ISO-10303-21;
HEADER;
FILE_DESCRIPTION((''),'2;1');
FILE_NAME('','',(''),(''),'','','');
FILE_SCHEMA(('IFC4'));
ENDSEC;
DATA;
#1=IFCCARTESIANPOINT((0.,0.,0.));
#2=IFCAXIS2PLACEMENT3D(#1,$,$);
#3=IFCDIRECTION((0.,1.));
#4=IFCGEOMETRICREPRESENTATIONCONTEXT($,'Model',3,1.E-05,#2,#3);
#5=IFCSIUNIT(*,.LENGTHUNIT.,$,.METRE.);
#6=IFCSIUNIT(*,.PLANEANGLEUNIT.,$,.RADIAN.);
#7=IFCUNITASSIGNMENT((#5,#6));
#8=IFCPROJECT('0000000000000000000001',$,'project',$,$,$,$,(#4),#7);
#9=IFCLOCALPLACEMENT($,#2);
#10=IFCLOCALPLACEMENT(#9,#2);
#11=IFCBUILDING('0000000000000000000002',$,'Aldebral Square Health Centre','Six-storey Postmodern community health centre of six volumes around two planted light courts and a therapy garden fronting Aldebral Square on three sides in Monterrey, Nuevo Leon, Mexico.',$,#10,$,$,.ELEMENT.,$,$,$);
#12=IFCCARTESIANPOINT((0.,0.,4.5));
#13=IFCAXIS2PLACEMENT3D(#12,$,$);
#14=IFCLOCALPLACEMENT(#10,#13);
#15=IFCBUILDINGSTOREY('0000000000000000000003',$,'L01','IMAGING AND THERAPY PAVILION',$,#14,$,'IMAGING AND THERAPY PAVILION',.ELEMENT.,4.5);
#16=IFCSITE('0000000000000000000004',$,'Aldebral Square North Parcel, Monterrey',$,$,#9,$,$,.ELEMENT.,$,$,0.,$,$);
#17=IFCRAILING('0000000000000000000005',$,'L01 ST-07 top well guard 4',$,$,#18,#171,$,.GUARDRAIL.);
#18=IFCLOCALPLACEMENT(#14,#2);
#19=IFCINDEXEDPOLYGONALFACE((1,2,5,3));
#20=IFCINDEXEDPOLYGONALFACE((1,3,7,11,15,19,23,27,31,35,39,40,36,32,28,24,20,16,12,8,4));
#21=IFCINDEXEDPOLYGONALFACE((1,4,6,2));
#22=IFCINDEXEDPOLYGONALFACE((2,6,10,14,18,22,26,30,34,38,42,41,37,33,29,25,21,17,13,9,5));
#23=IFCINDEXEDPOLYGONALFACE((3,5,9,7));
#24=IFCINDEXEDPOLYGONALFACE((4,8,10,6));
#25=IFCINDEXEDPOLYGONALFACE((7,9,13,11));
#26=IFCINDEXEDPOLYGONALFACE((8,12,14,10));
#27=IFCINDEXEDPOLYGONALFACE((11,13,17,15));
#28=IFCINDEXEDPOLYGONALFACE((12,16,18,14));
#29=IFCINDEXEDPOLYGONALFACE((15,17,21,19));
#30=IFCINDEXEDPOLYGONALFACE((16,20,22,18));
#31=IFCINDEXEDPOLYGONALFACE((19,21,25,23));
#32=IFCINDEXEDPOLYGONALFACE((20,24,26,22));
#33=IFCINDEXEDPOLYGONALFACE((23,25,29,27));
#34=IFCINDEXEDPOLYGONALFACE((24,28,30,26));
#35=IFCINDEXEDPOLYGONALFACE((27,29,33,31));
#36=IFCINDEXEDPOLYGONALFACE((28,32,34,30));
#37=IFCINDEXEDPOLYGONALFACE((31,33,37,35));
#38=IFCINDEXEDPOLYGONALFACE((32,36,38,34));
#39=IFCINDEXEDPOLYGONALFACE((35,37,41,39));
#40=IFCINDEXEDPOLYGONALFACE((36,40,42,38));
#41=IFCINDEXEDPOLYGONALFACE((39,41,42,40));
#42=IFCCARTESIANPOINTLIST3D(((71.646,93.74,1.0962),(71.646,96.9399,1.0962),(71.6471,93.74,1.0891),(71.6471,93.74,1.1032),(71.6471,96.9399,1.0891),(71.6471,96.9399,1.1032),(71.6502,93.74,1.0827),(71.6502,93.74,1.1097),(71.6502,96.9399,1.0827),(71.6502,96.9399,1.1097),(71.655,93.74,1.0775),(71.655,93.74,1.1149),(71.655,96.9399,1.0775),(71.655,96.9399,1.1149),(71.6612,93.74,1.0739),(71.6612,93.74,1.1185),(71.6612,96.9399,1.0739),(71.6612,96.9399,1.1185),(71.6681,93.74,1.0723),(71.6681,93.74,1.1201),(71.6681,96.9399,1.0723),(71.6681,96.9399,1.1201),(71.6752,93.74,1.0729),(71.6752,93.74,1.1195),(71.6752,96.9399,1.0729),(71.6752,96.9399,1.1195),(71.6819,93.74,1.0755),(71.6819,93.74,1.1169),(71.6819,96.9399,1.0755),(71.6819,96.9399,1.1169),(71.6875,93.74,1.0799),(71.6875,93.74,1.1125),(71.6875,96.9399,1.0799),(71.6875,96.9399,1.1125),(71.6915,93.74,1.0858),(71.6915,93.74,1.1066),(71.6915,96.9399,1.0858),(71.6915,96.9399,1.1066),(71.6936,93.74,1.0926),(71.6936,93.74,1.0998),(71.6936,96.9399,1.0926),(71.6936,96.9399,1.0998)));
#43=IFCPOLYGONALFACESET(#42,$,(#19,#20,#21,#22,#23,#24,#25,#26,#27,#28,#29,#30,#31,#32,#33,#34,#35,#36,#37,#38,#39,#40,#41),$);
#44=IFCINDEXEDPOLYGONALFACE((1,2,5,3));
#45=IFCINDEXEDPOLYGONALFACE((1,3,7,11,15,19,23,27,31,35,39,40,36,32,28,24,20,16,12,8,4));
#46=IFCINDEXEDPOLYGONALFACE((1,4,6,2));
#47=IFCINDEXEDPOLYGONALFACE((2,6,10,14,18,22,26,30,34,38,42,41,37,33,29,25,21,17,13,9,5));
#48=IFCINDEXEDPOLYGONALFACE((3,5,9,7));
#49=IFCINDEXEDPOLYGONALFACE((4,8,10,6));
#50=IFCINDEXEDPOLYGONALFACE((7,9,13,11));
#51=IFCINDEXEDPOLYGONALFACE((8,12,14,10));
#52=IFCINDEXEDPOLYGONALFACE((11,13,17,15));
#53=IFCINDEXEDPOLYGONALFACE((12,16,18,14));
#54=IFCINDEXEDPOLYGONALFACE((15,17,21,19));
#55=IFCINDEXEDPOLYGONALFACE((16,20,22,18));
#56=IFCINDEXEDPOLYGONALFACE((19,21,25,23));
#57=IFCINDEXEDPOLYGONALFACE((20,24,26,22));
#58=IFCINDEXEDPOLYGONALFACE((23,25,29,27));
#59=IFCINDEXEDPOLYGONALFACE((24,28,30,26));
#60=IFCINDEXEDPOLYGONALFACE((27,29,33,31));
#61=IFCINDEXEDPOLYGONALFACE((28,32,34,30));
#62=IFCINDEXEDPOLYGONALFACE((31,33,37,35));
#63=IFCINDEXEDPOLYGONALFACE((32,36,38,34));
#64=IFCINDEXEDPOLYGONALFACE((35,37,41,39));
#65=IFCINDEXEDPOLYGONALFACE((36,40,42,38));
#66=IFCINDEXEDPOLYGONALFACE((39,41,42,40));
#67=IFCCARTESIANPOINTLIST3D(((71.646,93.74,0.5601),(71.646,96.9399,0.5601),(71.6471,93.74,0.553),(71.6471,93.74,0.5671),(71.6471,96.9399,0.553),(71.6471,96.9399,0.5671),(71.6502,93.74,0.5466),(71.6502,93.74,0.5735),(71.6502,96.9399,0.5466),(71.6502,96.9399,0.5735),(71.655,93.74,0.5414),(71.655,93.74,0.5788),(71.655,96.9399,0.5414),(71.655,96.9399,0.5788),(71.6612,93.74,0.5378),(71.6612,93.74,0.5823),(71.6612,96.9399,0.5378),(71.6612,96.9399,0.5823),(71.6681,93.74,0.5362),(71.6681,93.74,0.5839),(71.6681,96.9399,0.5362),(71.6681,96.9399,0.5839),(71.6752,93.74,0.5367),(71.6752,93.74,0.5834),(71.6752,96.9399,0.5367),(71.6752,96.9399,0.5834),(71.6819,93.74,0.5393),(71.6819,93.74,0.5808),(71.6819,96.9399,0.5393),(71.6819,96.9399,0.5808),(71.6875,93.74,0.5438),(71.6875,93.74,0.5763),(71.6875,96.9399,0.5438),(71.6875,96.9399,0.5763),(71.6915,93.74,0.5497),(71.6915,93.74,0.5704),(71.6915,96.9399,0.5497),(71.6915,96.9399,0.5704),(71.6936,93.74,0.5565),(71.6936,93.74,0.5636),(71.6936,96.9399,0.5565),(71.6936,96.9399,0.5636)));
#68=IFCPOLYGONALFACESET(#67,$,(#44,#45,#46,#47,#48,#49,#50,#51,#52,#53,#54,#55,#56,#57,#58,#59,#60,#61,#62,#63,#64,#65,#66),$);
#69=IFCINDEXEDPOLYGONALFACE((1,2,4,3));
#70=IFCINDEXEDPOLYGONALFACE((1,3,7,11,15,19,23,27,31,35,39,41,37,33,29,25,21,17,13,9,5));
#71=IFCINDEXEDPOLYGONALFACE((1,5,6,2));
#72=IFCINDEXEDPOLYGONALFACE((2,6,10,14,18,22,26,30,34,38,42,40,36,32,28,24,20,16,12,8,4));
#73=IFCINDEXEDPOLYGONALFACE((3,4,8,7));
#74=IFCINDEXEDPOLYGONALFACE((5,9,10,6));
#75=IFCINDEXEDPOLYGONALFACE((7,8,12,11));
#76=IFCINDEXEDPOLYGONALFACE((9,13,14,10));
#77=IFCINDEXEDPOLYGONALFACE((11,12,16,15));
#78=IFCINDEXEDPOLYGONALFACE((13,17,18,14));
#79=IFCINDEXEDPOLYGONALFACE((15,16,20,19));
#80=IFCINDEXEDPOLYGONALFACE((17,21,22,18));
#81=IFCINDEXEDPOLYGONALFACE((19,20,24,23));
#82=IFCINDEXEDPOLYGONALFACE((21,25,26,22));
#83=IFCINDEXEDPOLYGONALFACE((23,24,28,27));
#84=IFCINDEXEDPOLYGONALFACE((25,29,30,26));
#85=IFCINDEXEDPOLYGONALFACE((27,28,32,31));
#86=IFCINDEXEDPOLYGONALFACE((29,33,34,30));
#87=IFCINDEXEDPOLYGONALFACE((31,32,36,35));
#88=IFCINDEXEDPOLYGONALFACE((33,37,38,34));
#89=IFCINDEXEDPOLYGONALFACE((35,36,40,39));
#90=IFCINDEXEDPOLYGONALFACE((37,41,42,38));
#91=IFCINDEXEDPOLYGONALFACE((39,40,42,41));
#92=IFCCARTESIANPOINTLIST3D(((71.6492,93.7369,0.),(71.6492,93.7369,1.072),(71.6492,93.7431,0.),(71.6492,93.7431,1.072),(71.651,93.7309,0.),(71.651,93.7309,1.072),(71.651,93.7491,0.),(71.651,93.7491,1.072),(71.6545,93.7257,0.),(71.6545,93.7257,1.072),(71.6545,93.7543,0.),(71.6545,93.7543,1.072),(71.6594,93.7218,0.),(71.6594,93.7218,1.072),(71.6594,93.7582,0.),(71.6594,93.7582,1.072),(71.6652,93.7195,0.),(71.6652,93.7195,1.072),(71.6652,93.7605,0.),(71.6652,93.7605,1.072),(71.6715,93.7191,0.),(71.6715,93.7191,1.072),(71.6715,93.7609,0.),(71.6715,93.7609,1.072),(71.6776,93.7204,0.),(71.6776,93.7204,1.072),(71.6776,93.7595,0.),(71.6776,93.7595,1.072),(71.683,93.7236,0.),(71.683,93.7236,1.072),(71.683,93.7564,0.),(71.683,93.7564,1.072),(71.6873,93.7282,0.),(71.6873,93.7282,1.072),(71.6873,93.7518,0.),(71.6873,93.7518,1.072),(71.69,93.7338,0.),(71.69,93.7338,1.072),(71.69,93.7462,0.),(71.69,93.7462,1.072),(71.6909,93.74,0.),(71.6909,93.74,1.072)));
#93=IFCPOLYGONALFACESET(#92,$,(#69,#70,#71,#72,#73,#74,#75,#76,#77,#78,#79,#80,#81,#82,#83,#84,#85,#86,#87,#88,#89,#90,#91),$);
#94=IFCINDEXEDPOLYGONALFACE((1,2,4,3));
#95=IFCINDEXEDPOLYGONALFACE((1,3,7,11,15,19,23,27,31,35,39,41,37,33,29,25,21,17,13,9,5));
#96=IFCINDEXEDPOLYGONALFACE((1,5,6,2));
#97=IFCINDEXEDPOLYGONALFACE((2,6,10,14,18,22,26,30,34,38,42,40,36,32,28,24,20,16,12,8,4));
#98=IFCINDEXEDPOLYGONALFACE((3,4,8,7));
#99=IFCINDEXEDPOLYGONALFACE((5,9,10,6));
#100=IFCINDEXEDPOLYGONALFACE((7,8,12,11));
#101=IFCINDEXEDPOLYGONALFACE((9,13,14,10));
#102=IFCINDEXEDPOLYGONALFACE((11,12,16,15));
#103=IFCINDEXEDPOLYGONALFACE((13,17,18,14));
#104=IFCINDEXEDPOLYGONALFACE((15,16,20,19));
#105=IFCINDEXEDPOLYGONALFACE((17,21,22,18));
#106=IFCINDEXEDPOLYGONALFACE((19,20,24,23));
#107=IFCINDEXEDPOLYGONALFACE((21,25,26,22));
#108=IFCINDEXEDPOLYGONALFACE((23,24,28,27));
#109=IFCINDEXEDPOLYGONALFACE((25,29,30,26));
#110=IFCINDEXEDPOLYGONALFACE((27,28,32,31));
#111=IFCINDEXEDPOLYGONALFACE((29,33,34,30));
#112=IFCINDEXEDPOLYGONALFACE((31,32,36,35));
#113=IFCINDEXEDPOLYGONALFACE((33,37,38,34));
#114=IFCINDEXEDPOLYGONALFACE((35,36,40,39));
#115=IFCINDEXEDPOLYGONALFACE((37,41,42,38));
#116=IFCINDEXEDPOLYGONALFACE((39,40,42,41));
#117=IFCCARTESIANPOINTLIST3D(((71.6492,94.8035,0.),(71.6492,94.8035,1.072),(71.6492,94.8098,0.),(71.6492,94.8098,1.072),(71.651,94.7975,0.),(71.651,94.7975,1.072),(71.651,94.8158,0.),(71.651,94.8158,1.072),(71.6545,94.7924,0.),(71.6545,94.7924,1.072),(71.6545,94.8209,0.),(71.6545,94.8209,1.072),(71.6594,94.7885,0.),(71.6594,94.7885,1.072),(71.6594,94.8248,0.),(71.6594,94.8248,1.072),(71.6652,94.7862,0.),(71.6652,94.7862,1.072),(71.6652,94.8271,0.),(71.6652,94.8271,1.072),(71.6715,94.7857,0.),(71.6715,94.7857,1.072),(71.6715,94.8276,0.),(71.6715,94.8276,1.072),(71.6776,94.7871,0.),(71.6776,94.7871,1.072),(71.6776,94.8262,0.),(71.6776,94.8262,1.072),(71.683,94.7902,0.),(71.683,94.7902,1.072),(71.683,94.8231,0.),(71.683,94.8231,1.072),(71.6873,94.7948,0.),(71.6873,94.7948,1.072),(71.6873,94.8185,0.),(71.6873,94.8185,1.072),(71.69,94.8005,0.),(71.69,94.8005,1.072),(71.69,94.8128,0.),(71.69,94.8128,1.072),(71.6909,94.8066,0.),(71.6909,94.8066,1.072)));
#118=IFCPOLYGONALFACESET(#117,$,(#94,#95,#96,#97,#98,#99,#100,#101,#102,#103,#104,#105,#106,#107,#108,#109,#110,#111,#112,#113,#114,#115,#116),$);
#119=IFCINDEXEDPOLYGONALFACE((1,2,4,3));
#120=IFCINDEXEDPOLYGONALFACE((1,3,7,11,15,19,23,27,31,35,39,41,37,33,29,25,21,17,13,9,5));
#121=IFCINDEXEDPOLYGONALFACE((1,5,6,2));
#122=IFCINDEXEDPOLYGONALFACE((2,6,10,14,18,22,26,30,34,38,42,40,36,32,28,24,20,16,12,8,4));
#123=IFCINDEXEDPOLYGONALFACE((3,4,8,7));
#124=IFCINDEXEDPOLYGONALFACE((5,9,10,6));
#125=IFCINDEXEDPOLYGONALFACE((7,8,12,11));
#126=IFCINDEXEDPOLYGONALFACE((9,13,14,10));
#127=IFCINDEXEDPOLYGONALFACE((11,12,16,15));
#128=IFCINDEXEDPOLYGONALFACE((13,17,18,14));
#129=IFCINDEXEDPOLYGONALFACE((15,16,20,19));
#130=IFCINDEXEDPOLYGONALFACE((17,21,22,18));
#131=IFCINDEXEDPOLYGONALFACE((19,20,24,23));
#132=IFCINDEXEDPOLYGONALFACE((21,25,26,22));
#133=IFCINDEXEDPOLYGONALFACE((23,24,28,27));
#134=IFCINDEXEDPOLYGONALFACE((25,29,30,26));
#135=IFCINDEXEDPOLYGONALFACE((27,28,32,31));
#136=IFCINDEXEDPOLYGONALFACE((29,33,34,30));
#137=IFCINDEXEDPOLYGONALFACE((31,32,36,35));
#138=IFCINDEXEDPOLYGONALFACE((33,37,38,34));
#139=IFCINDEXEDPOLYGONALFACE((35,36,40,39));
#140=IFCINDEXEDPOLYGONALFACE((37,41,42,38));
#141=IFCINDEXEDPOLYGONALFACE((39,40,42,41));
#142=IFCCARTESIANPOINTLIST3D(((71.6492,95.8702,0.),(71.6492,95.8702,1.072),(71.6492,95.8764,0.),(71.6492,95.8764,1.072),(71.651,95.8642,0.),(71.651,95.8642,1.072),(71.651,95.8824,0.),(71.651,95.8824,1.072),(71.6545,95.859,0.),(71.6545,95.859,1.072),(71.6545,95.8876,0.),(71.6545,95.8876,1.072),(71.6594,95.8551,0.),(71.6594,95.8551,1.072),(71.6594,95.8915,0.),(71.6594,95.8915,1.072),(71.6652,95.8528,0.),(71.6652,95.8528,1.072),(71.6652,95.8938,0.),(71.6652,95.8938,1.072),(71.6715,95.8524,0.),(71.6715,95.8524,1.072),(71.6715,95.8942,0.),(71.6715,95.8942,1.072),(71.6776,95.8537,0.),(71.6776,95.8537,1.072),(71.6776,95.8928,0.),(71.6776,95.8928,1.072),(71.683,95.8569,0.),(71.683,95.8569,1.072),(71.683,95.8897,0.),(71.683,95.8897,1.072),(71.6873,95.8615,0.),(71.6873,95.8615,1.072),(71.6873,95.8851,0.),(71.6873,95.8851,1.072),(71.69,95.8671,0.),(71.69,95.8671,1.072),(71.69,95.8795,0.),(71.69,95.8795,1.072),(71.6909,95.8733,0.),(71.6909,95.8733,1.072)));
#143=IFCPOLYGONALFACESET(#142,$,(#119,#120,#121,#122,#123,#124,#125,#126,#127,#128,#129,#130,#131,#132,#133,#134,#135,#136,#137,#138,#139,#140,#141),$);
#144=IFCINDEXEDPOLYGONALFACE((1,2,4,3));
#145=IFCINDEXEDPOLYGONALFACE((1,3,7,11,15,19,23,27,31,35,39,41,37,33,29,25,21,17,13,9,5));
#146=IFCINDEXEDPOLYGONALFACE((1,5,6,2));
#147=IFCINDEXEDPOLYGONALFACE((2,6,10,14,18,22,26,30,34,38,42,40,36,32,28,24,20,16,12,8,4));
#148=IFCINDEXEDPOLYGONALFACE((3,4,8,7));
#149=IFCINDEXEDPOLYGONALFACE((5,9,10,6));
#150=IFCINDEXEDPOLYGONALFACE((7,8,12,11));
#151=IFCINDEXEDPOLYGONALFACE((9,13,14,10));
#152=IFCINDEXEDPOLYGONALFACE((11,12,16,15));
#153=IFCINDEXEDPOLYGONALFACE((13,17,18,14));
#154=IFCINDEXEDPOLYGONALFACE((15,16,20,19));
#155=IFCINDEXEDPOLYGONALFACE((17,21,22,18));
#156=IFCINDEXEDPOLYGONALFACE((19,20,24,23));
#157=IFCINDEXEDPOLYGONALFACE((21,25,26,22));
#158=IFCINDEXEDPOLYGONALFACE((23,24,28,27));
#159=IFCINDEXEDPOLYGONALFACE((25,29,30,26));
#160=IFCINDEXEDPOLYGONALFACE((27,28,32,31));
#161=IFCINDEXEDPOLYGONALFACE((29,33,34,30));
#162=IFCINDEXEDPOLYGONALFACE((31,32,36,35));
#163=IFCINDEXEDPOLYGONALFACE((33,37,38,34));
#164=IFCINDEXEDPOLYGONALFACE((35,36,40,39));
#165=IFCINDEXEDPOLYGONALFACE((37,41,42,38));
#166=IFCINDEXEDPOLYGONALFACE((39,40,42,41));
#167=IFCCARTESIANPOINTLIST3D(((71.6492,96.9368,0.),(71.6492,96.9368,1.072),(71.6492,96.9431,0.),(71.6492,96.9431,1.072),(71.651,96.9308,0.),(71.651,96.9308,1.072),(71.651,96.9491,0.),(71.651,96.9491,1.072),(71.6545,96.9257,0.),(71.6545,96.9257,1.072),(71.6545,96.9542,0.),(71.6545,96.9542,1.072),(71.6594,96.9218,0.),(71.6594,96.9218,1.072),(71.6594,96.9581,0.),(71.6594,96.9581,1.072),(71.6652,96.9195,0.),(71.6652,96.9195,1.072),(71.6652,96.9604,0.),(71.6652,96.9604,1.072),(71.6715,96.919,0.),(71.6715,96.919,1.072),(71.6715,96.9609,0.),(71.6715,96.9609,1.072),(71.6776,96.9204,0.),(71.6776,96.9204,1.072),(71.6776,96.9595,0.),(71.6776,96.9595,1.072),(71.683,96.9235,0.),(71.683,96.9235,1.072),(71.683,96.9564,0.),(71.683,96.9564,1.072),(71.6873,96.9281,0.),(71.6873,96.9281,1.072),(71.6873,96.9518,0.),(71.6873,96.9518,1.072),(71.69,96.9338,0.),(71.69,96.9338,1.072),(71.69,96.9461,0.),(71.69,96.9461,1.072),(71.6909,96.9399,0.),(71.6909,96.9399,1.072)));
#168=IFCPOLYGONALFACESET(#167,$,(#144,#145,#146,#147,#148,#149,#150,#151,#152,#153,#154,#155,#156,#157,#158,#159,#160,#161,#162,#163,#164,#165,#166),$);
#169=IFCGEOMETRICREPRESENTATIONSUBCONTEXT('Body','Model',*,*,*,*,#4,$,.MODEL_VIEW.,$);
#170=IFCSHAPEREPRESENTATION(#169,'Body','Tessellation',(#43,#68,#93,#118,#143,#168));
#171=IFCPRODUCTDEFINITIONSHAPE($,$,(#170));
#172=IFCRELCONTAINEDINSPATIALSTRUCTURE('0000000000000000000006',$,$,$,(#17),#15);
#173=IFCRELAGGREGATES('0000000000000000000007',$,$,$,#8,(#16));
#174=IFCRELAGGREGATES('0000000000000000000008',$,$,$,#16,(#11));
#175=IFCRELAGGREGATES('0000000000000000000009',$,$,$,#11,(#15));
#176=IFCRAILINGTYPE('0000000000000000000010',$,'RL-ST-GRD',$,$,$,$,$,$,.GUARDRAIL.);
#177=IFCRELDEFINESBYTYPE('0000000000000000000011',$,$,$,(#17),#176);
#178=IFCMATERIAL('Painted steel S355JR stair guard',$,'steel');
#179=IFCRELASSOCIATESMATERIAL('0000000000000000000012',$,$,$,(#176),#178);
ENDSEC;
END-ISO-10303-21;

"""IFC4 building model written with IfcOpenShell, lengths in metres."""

from ifc_helpers import new_model, si_unit, direction, frame, origin, origin_2d, place, context, subcontext, project, spatial, circle, extrude, material, type_object, element, save


model = new_model("IFC4")

# Units and contexts
model_context = context("Model", 3, precision=1e-05, world=origin(), true_north=direction((0.0, 1.0)))
body_context = subcontext(model_context, "Body", "Model", "MODEL_VIEW")
ifc_project = project(units=[si_unit("LENGTHUNIT", "METRE"), si_unit("PLANEANGLEUNIT", "RADIAN")], contexts=[model_context])

# Site, building, storey
site_placement = place(None, origin())
site = spatial("IfcSite", under=ifc_project, at=site_placement, Name="Aldebral Square North Parcel, Monterrey", CompositionType="ELEMENT", RefElevation=0.0)
building_placement = place(site_placement, origin())
building = spatial("IfcBuilding", under=site, at=building_placement, Name="Aldebral Square Health Centre", Description="Six-storey Postmodern community health centre of six volumes around two planted light courts and a therapy garden fronting Aldebral Square on three sides in Monterrey, Nuevo Leon, Mexico.", CompositionType="ELEMENT")
storey_placement = place(building_placement, frame((0.0, 0.0, 4.5)))
storey = spatial("IfcBuildingStorey", under=building, at=storey_placement, Name="L01", Description="IMAGING AND THERAPY PAVILION", LongName="IMAGING AND THERAPY PAVILION", CompositionType="ELEMENT", Elevation=4.5)

# Railing
ifc_material_1 = material(Name="Painted steel S355JR stair guard", Category="steel")
railing_type_1 = type_object("IfcRailingType", Name="RL-ST-GRD", PredefinedType="GUARDRAIL", material=ifc_material_1)
railing_1_placement = place(storey_placement, frame((71.6699, 93.74, 0.0)))
element("IfcRailing", 1, at=railing_1_placement, inside=storey, type_object=railing_type_1, Name="L01 ST-07 top well guard 4", PredefinedType="GUARDRAIL", context=body_context, shape_type="SweptSolid", body=[
    extrude(circle(Radius=0.0239, at=origin_2d()), frame((0.0, 0.0, 1.0962), z_axis=(0.0, 1.0, 0.0), x_axis=(-1.0, 0.0, 0.0)), (0.0, 0.0, 1.0), 3.2),
    extrude(circle(Radius=0.0239, at=origin_2d()), frame((0.0, 0.0, 0.5601), z_axis=(0.0, 1.0, 0.0), x_axis=(-1.0, 0.0, 0.0)), (0.0, 0.0, 1.0), 3.2),
    extrude(circle(Radius=0.021, at=origin_2d()), origin(), (0.0, 0.0, 1.0), 1.072),
    extrude(circle(Radius=0.021, at=origin_2d()), frame((0.0, 1.0667, 0.0)), (0.0, 0.0, 1.0), 1.072),
    extrude(circle(Radius=0.021, at=origin_2d()), frame((0.0, 2.1333, 0.0)), (0.0, 0.0, 1.0), 1.072),
    extrude(circle(Radius=0.021, at=origin_2d()), frame((0.0, 3.2, 0.0)), (0.0, 0.0, 1.0), 1.072),
])

save(model, "model.ifc")
